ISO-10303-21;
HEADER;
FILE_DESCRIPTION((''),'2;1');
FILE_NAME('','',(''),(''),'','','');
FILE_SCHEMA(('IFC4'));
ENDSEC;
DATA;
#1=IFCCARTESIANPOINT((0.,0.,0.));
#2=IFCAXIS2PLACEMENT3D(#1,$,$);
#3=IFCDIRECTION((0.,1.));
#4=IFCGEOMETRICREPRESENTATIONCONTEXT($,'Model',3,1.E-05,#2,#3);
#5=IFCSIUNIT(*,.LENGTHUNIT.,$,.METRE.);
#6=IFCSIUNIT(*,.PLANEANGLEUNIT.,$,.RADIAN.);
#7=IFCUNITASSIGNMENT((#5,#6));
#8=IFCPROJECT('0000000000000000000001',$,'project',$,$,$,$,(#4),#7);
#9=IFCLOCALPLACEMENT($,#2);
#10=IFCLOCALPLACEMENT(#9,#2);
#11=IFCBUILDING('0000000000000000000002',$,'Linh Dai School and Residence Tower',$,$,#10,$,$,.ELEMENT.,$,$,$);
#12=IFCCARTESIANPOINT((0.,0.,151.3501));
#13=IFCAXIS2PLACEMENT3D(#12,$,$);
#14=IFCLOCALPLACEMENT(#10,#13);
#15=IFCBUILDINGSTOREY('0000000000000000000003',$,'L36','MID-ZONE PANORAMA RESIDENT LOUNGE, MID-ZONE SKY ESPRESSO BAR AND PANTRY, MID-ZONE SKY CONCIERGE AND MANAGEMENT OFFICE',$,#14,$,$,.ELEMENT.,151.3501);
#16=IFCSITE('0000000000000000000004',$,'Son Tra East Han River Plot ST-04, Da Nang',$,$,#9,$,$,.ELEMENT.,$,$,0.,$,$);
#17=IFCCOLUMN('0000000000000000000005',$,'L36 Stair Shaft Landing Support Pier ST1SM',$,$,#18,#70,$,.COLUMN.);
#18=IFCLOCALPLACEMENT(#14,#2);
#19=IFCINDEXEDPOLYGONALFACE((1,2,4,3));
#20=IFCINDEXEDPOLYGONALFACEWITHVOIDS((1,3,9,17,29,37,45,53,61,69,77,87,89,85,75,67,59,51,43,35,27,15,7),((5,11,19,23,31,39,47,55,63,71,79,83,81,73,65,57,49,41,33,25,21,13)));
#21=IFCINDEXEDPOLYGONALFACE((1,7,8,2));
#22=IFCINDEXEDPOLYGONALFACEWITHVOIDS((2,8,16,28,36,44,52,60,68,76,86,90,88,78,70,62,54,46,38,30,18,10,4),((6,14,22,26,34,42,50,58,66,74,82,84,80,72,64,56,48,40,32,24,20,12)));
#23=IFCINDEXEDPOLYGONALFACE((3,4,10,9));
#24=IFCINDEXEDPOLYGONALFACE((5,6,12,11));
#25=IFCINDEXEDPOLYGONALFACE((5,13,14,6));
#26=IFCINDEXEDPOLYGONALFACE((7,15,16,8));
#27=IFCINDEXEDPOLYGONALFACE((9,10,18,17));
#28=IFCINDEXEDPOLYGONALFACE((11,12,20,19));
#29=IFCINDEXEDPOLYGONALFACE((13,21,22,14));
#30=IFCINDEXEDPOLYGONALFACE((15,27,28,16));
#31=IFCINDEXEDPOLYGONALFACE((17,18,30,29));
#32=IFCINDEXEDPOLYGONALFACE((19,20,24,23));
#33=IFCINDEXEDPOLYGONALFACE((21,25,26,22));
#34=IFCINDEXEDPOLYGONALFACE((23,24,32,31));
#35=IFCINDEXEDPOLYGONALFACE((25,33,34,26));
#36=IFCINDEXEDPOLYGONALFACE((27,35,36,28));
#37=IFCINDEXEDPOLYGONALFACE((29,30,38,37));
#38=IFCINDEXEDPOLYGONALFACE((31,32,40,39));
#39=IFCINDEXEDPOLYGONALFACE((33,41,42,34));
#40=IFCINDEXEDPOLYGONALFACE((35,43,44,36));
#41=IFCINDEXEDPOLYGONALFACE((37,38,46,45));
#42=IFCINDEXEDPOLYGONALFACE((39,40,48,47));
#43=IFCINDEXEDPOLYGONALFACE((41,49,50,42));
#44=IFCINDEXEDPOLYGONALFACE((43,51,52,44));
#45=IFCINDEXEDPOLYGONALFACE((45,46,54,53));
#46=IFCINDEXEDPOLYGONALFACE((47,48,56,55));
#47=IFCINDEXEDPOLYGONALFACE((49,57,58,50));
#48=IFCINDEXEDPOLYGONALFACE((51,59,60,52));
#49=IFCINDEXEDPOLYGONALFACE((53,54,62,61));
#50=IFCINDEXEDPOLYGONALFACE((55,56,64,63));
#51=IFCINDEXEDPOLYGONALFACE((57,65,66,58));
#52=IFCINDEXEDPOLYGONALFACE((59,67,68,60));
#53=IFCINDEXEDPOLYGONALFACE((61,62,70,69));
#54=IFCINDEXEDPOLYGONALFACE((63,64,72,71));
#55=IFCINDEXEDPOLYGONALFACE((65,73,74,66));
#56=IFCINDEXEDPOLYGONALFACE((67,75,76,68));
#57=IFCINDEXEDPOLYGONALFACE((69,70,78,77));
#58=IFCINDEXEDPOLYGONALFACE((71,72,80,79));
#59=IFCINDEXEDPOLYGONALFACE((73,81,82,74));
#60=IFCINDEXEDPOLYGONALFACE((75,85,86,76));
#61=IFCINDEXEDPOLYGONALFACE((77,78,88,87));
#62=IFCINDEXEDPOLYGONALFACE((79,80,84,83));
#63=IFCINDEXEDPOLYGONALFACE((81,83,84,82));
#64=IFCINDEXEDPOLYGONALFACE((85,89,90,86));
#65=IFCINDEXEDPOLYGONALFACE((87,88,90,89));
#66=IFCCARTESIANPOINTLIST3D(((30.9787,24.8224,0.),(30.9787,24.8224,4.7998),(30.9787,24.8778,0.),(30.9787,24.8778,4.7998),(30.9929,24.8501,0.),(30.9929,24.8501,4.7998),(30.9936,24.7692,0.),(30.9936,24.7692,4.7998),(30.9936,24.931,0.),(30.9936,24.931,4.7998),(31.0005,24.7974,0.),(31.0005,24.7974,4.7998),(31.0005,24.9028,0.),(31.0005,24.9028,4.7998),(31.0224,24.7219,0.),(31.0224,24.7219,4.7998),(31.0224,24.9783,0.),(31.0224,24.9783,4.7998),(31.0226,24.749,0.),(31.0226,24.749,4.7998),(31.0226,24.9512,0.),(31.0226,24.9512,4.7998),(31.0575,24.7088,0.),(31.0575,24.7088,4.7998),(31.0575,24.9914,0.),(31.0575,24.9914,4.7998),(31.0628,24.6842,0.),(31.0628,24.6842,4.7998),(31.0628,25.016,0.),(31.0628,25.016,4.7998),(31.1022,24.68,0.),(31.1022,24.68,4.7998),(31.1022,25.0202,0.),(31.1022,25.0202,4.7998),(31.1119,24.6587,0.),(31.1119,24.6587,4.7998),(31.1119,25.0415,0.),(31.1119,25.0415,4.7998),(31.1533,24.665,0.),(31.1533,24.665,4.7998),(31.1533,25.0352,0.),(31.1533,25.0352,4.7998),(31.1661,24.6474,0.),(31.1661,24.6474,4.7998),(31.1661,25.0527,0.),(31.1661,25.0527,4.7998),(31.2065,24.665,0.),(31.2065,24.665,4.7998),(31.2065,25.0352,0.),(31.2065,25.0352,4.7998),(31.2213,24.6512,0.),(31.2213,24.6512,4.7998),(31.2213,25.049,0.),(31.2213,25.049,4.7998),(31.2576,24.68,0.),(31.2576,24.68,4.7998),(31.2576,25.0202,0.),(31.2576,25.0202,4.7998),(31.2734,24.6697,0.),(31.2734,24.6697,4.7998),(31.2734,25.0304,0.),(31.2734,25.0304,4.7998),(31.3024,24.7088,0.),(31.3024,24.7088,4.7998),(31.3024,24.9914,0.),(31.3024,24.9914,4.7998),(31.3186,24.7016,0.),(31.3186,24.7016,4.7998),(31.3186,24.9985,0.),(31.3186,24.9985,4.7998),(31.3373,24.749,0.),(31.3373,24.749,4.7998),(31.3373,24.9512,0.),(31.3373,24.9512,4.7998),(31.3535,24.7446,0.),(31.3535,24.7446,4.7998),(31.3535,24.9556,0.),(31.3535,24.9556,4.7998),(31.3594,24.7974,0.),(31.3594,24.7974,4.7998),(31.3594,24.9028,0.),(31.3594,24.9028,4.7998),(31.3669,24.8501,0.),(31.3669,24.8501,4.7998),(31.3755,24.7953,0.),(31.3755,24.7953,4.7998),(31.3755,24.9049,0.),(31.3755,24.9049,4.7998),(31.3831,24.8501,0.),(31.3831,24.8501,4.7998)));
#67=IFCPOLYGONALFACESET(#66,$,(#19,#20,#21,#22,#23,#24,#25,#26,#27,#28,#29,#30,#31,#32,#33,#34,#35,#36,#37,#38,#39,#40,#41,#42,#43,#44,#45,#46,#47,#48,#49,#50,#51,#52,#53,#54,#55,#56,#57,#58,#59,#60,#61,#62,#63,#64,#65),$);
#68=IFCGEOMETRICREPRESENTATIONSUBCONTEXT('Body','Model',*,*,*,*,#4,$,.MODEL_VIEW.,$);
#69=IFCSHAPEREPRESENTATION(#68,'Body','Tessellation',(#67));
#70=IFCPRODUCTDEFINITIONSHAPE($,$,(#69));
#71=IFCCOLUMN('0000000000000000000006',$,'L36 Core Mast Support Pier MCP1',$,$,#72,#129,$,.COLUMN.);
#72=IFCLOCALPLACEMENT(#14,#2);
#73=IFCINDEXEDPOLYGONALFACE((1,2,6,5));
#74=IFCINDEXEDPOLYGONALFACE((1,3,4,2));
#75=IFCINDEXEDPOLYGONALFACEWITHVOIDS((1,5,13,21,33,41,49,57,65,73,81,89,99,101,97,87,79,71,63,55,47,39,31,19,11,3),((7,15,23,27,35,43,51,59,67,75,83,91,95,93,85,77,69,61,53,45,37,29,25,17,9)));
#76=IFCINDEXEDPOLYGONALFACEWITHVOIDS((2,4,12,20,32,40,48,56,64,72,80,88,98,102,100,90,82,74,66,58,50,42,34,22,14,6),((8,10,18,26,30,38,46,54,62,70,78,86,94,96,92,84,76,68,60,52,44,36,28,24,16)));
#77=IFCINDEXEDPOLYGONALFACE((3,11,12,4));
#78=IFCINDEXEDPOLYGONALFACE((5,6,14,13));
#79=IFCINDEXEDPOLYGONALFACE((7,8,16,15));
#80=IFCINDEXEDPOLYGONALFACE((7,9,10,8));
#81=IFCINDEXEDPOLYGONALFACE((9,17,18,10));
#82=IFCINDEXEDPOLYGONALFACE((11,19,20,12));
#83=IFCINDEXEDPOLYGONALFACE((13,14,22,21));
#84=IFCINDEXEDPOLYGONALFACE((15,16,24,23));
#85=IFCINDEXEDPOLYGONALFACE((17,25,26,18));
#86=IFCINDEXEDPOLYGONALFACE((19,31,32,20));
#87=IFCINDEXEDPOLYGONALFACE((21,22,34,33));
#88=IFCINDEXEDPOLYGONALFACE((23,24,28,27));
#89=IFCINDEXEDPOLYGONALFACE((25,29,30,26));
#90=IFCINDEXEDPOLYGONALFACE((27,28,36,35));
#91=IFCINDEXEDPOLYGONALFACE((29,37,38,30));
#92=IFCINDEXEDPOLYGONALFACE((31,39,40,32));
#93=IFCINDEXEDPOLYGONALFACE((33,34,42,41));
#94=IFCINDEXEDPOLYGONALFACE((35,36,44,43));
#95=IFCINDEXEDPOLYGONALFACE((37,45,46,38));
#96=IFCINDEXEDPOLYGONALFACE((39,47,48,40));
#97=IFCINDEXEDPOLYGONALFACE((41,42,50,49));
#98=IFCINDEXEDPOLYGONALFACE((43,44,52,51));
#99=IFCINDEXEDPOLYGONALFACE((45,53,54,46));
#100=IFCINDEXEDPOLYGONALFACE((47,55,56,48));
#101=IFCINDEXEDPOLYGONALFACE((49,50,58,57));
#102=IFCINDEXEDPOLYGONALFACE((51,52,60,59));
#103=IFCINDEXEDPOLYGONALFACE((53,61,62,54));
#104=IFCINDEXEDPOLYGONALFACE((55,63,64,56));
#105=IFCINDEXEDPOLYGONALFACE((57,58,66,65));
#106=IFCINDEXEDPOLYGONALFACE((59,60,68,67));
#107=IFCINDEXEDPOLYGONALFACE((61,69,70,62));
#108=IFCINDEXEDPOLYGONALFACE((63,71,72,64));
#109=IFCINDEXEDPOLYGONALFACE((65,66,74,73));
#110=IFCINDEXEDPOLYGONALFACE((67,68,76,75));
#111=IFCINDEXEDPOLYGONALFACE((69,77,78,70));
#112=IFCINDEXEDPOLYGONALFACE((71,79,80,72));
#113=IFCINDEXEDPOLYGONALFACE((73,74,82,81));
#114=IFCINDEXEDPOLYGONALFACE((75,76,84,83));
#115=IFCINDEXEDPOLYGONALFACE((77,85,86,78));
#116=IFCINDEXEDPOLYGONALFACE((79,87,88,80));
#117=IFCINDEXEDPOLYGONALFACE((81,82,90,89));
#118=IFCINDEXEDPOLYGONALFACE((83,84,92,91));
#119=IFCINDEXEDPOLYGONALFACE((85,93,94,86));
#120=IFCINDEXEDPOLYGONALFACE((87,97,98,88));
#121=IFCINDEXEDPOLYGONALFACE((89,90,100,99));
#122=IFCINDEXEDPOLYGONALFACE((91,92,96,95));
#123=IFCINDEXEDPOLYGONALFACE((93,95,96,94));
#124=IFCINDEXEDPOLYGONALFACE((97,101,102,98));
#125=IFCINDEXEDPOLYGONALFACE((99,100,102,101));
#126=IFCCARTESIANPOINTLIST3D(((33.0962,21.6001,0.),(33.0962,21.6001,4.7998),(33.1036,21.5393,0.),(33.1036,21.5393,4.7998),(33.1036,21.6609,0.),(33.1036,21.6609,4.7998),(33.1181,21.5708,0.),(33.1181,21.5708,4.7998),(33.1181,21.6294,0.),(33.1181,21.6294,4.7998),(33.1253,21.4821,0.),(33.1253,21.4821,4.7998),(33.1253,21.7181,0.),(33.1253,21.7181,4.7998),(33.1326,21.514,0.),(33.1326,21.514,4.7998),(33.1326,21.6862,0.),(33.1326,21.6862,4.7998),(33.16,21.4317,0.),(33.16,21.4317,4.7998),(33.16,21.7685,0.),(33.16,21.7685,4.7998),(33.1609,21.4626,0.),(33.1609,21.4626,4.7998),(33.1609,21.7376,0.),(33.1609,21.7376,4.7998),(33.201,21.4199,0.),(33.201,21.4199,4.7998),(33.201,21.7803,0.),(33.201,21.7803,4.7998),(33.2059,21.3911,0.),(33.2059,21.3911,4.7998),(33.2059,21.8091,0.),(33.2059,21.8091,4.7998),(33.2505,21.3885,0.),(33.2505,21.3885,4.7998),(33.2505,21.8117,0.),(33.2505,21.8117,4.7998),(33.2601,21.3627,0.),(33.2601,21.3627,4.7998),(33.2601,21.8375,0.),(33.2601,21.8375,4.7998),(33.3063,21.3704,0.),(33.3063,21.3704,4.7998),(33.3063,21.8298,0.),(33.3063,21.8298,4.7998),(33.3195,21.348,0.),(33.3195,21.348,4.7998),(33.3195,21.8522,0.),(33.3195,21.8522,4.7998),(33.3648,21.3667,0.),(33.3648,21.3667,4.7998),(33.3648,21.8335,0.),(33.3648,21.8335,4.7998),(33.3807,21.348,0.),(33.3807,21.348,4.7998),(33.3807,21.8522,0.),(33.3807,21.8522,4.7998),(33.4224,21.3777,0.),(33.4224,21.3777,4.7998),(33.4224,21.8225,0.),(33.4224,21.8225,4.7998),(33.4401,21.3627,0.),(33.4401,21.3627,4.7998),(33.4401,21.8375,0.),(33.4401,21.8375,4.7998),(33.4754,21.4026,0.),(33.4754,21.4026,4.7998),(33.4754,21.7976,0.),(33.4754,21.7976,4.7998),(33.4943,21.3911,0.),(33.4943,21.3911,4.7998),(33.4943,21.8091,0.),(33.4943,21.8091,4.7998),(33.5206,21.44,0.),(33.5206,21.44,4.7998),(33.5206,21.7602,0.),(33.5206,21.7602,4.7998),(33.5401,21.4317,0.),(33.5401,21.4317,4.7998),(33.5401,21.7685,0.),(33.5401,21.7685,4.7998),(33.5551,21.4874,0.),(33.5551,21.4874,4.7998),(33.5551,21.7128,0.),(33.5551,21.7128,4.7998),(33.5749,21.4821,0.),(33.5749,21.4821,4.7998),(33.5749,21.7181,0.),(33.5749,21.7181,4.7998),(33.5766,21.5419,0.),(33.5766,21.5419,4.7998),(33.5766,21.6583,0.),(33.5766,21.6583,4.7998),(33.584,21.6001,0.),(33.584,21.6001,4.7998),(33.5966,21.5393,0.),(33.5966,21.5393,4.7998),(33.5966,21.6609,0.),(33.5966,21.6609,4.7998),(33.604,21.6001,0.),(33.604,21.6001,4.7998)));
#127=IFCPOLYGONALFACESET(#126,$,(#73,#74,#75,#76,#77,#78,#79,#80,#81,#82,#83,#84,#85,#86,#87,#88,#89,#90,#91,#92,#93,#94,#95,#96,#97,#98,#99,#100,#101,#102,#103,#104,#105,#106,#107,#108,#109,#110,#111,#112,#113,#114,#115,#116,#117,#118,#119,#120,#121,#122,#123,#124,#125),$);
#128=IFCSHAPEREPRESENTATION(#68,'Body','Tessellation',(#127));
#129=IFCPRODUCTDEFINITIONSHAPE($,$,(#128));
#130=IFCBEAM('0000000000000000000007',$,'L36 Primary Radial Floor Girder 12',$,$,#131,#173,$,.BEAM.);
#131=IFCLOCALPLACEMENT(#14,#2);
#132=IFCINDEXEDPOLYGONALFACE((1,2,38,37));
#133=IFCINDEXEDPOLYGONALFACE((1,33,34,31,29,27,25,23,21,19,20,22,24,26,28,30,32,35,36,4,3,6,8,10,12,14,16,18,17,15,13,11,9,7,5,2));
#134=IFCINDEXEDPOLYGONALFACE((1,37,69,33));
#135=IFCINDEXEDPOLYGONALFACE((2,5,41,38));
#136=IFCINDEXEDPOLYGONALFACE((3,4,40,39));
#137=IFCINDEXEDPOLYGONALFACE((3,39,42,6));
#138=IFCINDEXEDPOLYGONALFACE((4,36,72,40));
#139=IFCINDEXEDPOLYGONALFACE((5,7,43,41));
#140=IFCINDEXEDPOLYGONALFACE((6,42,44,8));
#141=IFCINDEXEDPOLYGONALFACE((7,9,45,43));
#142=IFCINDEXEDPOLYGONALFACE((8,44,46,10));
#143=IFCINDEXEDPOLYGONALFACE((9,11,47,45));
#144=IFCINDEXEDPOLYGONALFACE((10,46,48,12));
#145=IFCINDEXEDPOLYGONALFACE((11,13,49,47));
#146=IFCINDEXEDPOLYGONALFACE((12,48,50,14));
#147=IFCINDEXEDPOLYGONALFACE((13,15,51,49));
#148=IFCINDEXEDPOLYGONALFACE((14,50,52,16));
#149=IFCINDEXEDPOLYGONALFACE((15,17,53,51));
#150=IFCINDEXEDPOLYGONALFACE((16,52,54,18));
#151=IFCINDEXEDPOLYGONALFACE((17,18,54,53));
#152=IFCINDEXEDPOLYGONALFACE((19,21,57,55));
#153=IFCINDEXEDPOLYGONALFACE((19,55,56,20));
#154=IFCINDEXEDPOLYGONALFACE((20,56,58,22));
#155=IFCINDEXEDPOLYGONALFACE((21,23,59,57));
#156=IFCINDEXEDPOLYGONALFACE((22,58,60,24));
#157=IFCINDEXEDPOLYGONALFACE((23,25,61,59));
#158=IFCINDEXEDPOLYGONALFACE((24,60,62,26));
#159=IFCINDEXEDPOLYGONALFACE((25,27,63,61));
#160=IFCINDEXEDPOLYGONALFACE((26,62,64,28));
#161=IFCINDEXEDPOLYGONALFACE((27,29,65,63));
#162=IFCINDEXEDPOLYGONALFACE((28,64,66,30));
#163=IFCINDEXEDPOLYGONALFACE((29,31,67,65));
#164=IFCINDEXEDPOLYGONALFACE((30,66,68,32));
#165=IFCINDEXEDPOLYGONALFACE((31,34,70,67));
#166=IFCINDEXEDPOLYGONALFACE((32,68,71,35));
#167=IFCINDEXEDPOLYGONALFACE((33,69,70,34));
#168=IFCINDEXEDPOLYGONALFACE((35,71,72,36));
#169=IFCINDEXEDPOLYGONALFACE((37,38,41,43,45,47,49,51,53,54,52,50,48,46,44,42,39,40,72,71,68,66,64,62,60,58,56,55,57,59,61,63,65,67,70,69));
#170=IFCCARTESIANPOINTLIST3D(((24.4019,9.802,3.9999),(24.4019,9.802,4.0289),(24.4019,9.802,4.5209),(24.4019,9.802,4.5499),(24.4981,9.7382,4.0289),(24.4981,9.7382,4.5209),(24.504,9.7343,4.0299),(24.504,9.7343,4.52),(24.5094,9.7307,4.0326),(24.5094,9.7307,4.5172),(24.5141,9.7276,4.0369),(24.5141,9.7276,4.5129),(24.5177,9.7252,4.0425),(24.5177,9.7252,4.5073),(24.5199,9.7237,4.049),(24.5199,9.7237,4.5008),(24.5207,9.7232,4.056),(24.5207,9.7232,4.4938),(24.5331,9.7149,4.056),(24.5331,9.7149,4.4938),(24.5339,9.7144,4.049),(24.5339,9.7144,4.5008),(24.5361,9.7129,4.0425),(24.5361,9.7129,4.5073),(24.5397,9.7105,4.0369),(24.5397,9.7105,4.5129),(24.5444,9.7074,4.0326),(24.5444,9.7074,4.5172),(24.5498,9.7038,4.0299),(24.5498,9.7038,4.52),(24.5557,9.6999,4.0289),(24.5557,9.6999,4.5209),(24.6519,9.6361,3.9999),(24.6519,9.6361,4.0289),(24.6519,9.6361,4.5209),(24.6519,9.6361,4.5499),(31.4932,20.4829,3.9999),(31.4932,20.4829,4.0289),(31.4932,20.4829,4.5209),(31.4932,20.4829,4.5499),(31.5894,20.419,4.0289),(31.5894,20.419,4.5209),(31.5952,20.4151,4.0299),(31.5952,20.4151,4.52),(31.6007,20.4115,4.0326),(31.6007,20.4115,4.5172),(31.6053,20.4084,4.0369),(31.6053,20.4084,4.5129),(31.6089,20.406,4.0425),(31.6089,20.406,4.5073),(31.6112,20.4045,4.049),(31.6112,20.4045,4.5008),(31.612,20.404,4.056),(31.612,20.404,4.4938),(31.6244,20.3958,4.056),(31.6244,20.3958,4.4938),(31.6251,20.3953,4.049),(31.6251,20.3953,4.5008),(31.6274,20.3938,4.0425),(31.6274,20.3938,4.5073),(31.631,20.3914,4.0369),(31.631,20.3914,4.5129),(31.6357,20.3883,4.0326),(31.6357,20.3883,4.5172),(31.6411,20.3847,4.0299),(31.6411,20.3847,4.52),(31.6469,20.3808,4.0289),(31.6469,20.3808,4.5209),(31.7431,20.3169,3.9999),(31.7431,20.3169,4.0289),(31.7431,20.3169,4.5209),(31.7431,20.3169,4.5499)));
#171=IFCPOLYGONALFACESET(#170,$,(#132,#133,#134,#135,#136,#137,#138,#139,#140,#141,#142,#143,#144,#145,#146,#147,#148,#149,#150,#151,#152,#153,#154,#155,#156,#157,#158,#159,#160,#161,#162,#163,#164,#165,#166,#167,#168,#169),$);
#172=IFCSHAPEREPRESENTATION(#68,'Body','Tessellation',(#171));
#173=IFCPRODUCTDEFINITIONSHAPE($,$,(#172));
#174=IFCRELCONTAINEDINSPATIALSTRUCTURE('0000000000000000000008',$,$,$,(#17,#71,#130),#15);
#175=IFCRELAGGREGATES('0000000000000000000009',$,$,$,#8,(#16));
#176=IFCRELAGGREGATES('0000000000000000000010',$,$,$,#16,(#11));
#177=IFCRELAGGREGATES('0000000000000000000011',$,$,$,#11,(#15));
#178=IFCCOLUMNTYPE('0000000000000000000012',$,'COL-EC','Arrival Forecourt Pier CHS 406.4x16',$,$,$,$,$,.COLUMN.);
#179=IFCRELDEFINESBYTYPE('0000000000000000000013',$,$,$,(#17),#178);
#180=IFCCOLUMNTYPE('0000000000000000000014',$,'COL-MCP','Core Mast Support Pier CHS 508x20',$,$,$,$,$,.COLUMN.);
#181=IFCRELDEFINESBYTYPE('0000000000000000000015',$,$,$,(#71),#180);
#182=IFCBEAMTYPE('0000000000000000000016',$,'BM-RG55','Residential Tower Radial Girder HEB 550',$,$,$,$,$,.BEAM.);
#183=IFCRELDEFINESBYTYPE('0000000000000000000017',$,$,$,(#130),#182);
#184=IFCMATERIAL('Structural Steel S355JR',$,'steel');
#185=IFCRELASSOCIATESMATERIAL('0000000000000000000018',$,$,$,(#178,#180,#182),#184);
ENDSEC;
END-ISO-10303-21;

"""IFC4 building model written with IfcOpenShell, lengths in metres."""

from ifc_helpers import new_model, si_unit, direction, frame, origin, origin_2d, place, context, subcontext, project, spatial, hollow_circle, i_section, extrude, material, material_profile, profile_set, type_object, element, save


model = new_model("IFC4")

# Units and contexts
model_context = context("Model", 3, precision=1e-05, world=origin(), true_north=direction((0.0, 1.0)))
body_context = subcontext(model_context, "Body", "Model", "MODEL_VIEW")
ifc_project = project(units=[si_unit("LENGTHUNIT", "METRE"), si_unit("PLANEANGLEUNIT", "RADIAN")], contexts=[model_context])

# Site, building, storey
site_placement = place(None, origin())
site = spatial("IfcSite", under=ifc_project, at=site_placement, Name="Son Tra East Han River Plot ST-04, Da Nang", CompositionType="ELEMENT", RefElevation=0.0)
building_placement = place(site_placement, origin())
building = spatial("IfcBuilding", under=site, at=building_placement, Name="Linh Dai School and Residence Tower", CompositionType="ELEMENT")
storey_placement = place(building_placement, frame((0.0, 0.0, 151.3501)))
storey = spatial("IfcBuildingStorey", under=building, at=storey_placement, Name="L36", Description="MID-ZONE PANORAMA RESIDENT LOUNGE, MID-ZONE SKY ESPRESSO BAR AND PANTRY, MID-ZONE SKY CONCIERGE AND MANAGEMENT OFFICE", CompositionType="ELEMENT", Elevation=151.3501)

# Columns
ifc_material_1 = material(Name="Structural Steel S355JR", Category="steel")
ifc_material_profile_1 = material_profile(ifc_material_1, hollow_circle(Radius=0.2031, WallThickness=0.0161, at=origin_2d()), Name="CHS 406.4x16")
ifc_profile_set_1 = profile_set([ifc_material_profile_1], Name="Structural Steel S355JR")
column_type_1 = type_object("IfcColumnType", Name="COL-EC", Description="Arrival Forecourt Pier CHS 406.4x16", PredefinedType="COLUMN", material=ifc_profile_set_1)
column_1_placement = place(storey_placement, frame((31.1799, 24.8501, 0.0), z_axis=(0.0, 0.0, 1.0), x_axis=(1.0, 0.0, 0.0)))
element("IfcColumn", 1, at=column_1_placement, inside=storey, type_object=column_type_1, Name="L36 Stair Shaft Landing Support Pier ST1SM", PredefinedType="COLUMN", context=body_context, shape_type="SweptSolid", body=[
    extrude(hollow_circle(Radius=0.2031, WallThickness=0.0161, at=origin_2d()), origin(), (0.0, 0.0, 1.0), 4.7998),
])
ifc_material_profile_2 = material_profile(ifc_material_1, hollow_circle(Radius=0.2539, WallThickness=0.02, at=origin_2d()), Name="CHS 508x20")
ifc_profile_set_2 = profile_set([ifc_material_profile_2], Name="Structural Steel S355JR")
column_type_2 = type_object("IfcColumnType", Name="COL-MCP", Description="Core Mast Support Pier CHS 508x20", PredefinedType="COLUMN", material=ifc_profile_set_2)
column_2_placement = place(storey_placement, frame((33.3501, 21.6001, 0.0), z_axis=(0.0, 0.0, 1.0), x_axis=(1.0, 0.0, 0.0)))
element("IfcColumn", 2, at=column_2_placement, inside=storey, type_object=column_type_2, Name="L36 Core Mast Support Pier MCP1", PredefinedType="COLUMN", context=body_context, shape_type="SweptSolid", body=[
    extrude(hollow_circle(Radius=0.2539, WallThickness=0.02, at=origin_2d()), origin(), (0.0, 0.0, 1.0), 4.7998),
])

# Beam
ifc_material_profile_3 = material_profile(ifc_material_1, i_section(OverallWidth=0.3, OverallDepth=0.55, WebThickness=0.0149, FlangeThickness=0.0291, FilletRadius=0.0271, at=origin_2d()), Name="HEB 550")
ifc_profile_set_3 = profile_set([ifc_material_profile_3], Name="Structural Steel S355JR")
beam_type_1 = type_object("IfcBeamType", Name="BM-RG55", Description="Residential Tower Radial Girder HEB 550", PredefinedType="BEAM", material=ifc_profile_set_3)
beam_1_placement = place(storey_placement, frame((31.6182, 20.3999, 4.2749), z_axis=(-0.553117, -0.833103, 0.0), x_axis=(0.833103, -0.553117, 0.0)))
element("IfcBeam", 3, at=beam_1_placement, inside=storey, type_object=beam_type_1, Name="L36 Primary Radial Floor Girder 12", PredefinedType="BEAM", context=body_context, shape_type="SweptSolid", body=[
    extrude(i_section(OverallWidth=0.3, OverallDepth=0.55, WebThickness=0.0149, FlangeThickness=0.0291, FilletRadius=0.0271, at=origin_2d()), origin(), (0.0, 0.0, 1.0), 12.8206),
])

save(model, "model.ifc")
